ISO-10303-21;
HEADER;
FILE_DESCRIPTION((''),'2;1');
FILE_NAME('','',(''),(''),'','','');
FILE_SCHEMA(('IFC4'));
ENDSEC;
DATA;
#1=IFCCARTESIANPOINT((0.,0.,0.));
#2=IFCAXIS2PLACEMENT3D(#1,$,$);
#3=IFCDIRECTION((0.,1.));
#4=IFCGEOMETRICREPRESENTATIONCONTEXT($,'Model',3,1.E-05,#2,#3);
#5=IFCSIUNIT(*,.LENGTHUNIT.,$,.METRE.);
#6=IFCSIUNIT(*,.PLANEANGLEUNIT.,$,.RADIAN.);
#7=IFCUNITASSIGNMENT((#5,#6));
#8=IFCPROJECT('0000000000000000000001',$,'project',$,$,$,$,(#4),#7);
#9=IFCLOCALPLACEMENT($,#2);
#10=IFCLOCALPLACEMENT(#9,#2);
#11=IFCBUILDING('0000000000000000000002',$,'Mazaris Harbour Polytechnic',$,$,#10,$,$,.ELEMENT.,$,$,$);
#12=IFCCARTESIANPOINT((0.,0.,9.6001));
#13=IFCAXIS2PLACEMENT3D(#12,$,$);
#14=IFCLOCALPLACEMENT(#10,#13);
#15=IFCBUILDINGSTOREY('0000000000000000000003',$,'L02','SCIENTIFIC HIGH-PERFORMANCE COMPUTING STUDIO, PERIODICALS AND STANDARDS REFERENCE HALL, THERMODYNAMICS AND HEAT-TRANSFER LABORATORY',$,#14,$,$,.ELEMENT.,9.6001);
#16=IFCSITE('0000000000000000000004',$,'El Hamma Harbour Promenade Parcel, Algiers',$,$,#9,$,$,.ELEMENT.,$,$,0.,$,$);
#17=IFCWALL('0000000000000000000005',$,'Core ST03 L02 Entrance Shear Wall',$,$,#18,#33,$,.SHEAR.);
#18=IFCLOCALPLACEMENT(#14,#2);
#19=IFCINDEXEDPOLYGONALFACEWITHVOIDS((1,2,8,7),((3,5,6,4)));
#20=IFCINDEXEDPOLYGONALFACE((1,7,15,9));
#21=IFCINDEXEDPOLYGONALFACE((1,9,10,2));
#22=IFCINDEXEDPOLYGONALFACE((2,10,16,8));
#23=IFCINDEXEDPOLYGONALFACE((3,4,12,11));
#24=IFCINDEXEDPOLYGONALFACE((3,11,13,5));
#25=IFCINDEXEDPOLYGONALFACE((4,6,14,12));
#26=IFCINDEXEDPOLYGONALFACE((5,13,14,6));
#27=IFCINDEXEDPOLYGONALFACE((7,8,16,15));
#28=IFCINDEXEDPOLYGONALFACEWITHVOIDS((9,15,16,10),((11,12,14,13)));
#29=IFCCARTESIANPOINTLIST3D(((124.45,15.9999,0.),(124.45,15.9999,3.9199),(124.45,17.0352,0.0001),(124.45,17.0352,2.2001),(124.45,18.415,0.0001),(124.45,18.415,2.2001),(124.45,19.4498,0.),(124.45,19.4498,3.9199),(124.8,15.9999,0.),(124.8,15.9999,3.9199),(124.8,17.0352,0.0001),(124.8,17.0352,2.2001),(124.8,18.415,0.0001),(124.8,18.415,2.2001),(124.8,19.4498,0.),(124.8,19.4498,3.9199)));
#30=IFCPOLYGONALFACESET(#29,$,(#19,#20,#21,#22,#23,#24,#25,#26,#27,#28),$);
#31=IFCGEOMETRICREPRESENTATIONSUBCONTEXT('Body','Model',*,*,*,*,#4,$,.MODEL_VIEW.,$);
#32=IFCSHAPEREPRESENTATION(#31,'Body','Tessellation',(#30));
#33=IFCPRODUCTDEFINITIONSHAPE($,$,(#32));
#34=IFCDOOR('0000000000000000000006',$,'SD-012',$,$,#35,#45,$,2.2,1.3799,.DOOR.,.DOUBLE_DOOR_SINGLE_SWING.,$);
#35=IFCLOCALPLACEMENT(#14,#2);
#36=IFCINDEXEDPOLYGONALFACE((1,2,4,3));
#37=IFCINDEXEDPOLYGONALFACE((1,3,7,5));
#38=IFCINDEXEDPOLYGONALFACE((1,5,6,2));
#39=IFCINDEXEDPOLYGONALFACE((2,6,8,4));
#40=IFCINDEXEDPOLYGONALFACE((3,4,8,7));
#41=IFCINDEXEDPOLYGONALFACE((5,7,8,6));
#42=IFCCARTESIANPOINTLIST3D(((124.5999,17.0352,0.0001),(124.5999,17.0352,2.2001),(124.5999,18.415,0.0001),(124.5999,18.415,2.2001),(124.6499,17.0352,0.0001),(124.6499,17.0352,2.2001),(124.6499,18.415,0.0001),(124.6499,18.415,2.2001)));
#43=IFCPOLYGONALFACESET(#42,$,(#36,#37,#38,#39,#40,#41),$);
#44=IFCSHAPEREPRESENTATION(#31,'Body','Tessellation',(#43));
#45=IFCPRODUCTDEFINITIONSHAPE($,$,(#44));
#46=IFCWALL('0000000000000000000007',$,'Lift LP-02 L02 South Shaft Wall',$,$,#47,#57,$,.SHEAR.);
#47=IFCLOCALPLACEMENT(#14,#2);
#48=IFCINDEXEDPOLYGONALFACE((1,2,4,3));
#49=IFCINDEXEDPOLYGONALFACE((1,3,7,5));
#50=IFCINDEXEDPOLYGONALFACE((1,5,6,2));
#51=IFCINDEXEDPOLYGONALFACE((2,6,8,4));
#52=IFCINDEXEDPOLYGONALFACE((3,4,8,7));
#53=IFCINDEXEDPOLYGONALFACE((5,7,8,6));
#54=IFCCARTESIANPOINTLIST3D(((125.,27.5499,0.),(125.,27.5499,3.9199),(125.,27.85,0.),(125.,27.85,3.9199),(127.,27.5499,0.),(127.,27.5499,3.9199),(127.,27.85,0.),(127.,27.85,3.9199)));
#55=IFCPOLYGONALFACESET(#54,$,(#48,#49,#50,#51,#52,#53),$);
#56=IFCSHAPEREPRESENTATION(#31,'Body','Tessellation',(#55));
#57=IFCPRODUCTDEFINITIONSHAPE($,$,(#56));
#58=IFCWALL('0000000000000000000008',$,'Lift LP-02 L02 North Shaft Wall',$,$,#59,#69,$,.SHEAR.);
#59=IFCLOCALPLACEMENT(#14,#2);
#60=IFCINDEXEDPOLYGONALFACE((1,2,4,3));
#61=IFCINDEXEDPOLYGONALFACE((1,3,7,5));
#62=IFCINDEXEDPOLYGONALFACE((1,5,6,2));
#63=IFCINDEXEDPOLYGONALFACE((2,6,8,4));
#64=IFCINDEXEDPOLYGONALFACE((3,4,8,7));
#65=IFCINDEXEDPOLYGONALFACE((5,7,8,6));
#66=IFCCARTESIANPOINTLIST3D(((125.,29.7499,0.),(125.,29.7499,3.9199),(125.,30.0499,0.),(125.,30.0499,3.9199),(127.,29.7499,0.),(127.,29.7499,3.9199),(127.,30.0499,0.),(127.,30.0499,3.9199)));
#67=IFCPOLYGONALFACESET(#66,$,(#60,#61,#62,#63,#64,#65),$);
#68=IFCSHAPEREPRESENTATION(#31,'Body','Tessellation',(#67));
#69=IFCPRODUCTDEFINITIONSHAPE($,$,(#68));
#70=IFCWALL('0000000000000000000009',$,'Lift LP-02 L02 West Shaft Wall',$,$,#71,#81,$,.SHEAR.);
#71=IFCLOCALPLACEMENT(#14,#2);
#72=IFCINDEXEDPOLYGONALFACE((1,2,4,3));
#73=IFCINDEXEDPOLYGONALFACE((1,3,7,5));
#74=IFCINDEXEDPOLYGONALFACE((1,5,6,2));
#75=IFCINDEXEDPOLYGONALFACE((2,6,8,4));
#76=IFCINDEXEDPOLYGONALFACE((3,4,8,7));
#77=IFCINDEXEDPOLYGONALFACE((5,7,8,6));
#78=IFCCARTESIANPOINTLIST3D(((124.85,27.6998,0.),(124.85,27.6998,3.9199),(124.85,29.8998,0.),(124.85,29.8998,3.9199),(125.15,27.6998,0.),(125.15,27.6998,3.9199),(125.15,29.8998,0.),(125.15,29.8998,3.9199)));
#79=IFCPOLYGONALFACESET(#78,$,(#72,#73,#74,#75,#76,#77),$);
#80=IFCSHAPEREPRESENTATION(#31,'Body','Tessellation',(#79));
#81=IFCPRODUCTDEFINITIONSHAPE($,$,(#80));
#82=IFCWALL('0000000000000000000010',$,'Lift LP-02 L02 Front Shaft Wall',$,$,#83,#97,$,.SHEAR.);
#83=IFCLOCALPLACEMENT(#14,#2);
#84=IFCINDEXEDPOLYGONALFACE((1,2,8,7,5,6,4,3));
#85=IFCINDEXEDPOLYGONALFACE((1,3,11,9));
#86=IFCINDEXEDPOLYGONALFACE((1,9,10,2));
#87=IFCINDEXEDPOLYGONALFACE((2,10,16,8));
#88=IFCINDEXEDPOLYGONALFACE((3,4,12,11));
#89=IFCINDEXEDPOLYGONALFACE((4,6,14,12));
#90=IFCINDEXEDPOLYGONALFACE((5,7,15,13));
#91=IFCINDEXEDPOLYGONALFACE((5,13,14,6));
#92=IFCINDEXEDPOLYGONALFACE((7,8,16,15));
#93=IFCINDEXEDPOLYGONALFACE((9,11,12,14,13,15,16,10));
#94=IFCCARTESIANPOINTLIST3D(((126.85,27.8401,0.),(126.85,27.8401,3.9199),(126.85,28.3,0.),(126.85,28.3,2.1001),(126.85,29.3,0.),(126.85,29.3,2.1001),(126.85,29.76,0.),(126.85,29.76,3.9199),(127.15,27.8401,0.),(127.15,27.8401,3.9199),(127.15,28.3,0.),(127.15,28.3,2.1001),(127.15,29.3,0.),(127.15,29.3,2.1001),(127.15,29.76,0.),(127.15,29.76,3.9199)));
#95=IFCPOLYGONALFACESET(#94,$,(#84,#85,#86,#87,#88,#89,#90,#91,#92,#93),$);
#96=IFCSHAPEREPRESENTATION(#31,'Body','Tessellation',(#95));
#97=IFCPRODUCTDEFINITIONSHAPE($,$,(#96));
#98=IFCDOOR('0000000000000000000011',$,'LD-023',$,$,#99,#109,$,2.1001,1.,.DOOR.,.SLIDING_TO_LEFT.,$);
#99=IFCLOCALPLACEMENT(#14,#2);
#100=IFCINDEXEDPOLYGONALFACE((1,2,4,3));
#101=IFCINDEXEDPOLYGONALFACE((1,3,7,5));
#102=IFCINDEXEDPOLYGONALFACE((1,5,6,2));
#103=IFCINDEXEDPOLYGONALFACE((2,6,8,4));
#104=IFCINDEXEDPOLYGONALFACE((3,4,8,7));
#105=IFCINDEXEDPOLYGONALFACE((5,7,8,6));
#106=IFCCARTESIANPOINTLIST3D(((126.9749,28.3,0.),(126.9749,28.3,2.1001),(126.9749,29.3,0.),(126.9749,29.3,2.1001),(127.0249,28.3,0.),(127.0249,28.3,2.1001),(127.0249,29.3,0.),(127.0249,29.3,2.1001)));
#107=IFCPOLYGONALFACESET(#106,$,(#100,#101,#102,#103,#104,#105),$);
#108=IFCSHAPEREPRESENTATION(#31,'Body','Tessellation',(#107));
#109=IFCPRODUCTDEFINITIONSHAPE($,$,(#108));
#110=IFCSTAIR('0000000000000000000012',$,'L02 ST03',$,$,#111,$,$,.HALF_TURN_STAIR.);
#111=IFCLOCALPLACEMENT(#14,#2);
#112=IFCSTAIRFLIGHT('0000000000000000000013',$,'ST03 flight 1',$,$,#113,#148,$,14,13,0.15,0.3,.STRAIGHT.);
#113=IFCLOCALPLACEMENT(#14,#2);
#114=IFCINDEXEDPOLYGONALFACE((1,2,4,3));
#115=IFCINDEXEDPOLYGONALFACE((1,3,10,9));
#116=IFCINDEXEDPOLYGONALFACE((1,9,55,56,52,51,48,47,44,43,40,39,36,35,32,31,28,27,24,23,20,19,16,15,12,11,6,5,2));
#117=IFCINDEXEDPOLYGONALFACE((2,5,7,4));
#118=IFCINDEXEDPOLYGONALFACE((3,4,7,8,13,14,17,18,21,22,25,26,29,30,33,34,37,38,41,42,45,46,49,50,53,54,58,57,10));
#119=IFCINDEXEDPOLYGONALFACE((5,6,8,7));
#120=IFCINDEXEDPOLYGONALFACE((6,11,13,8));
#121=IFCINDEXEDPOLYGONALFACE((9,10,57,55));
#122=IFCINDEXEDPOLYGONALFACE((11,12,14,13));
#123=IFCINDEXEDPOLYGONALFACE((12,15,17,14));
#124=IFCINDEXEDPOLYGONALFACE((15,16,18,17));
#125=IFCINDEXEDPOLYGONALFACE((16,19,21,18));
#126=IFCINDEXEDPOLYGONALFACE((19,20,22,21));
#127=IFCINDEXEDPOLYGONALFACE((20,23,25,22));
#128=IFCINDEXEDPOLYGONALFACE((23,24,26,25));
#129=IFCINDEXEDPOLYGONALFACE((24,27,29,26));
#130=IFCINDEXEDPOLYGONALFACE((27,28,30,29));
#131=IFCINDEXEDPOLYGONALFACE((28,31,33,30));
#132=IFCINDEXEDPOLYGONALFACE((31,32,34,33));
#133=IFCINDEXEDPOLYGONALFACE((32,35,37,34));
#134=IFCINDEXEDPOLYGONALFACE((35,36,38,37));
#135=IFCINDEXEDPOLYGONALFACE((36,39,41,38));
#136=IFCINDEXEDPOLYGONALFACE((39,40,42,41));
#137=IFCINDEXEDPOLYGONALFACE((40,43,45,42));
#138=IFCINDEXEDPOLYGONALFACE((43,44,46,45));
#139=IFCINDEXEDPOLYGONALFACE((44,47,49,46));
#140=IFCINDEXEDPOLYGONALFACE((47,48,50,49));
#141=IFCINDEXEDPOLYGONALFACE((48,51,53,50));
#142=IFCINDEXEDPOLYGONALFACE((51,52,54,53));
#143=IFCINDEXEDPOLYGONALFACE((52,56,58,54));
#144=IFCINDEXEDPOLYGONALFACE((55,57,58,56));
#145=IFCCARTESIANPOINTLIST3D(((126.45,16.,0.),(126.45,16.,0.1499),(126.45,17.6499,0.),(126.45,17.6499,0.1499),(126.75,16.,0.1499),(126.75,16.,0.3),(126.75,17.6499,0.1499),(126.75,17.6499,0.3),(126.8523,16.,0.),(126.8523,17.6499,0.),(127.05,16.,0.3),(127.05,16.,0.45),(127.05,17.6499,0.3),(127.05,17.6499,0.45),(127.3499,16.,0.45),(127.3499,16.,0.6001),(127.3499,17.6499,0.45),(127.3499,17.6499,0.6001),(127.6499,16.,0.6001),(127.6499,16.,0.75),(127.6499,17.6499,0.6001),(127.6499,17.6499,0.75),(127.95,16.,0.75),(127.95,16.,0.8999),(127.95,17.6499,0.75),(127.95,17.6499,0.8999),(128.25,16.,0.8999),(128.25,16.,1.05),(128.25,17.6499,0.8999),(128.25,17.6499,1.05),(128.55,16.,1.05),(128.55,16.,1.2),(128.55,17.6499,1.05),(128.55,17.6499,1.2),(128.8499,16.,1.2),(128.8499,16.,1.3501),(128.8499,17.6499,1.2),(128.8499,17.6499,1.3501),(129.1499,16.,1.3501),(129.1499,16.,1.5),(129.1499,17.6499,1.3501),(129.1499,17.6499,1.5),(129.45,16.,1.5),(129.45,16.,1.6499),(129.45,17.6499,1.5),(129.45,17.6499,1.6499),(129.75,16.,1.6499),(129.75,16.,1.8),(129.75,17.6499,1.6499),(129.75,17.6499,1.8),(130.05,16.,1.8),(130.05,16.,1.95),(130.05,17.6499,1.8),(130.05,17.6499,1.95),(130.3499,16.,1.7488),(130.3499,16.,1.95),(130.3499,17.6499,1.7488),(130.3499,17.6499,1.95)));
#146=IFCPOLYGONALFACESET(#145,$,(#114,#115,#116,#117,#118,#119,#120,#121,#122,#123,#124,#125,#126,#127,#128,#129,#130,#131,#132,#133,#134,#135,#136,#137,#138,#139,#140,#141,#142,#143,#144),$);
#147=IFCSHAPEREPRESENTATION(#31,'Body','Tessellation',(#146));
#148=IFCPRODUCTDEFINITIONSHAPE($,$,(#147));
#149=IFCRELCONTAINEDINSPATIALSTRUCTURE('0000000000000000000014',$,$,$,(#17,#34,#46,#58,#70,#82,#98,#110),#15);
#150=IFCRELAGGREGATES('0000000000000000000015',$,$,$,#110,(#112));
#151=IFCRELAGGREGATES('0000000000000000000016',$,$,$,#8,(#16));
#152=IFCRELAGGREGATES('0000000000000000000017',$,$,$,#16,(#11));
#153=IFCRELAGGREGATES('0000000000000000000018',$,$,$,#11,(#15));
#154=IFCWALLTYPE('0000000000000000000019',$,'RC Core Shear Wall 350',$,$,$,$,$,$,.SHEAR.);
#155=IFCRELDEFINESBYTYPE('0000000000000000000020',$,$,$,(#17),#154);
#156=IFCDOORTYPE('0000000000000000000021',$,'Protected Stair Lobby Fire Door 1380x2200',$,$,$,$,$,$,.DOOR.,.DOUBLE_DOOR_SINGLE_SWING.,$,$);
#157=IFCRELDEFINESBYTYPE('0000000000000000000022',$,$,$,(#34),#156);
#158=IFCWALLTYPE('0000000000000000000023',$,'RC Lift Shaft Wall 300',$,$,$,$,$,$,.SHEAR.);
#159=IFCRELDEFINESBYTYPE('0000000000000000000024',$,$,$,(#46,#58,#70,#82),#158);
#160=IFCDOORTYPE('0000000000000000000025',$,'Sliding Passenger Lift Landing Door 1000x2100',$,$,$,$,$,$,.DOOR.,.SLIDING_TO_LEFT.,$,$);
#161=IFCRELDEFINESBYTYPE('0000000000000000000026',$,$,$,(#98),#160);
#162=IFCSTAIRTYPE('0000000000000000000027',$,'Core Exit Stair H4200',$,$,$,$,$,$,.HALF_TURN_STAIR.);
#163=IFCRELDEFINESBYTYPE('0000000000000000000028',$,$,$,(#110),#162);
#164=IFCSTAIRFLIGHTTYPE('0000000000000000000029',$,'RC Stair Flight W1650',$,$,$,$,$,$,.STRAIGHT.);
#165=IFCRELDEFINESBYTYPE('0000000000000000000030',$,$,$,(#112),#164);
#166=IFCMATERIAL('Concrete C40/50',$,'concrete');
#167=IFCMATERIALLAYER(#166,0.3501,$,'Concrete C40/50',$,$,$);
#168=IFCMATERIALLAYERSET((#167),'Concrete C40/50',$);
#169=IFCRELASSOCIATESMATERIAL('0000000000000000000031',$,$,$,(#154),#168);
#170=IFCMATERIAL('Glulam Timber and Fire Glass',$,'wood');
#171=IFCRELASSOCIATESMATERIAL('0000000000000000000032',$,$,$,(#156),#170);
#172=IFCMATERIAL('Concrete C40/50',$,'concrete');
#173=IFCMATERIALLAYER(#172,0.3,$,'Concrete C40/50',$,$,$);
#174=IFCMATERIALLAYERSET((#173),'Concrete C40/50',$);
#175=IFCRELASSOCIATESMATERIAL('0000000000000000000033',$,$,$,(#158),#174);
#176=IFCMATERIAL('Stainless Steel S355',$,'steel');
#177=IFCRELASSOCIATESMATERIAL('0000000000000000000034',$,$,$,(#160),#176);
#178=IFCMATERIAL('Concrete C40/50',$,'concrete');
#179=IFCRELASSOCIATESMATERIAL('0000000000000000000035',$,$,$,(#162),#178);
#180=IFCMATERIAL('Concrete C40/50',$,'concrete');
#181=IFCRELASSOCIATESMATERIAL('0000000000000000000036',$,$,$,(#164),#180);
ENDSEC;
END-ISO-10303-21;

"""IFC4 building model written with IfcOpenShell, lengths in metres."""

from ifc_helpers import new_model, si_unit, direction, frame, frame_2d, origin, place, context, subcontext, project, spatial, polyline, rectangle, outline, extrude, material, layer, layer_set, type_object, element, fill, aggregate, save


model = new_model("IFC4")

# Units and contexts
model_context = context("Model", 3, precision=1e-05, world=origin(), true_north=direction((0.0, 1.0)))
body_context = subcontext(model_context, "Body", "Model", "MODEL_VIEW")
ifc_project = project(units=[si_unit("LENGTHUNIT", "METRE"), si_unit("PLANEANGLEUNIT", "RADIAN")], contexts=[model_context])

# Site, building, storey
site_placement = place(None, origin())
site = spatial("IfcSite", under=ifc_project, at=site_placement, Name="El Hamma Harbour Promenade Parcel, Algiers", CompositionType="ELEMENT", RefElevation=0.0)
building_placement = place(site_placement, origin())
building = spatial("IfcBuilding", under=site, at=building_placement, Name="Mazaris Harbour Polytechnic", CompositionType="ELEMENT")
storey_placement = place(building_placement, frame((0.0, 0.0, 9.6001)))
storey = spatial("IfcBuildingStorey", under=building, at=storey_placement, Name="L02", Description="SCIENTIFIC HIGH-PERFORMANCE COMPUTING STUDIO, PERIODICALS AND STANDARDS REFERENCE HALL, THERMODYNAMICS AND HEAT-TRANSFER LABORATORY", CompositionType="ELEMENT", Elevation=9.6001)

# Wall, opening, door
ifc_material_1 = material(Name="Concrete C40/50", Category="concrete")
ifc_layer_1 = layer(ifc_material_1, 0.3501, Name="Concrete C40/50")
ifc_layer_set_1 = layer_set([ifc_layer_1], Name="Concrete C40/50")
wall_type_1 = type_object("IfcWallType", Name="RC Core Shear Wall 350", PredefinedType="SHEAR", material=ifc_layer_set_1)
wall_1_placement = place(storey_placement, frame((124.625, 19.45, 0.0), z_axis=(0.0, 0.0, 1.0), x_axis=(0.0, -1.0, 0.0)))
wall_1 = element("IfcWall", 1, at=wall_1_placement, inside=storey, type_object=wall_type_1, Name="Core ST03 L02 Entrance Shear Wall", PredefinedType="SHEAR", context=body_context, shape_type="SweptSolid", body=[
    extrude(rectangle(XDim=3.45, YDim=0.3501, at=frame_2d((1.7251, 0.0))), origin(), (0.0, 0.0, 1.0), 3.9199),
])
opening_1_placement = place(wall_1_placement, frame((1.0349, 0.0, 0.0)))
opening_1 = element("IfcOpeningElement", 2, at=opening_1_placement, cuts=wall_1, PredefinedType="OPENING", context=body_context, shape_type="SweptSolid", body=[
    extrude(rectangle(XDim=1.3799, YDim=2.2, at=frame_2d((0.6899, 1.1001))), frame((0.0, 0.1851, 0.0), z_axis=(0.0, -1.0, 0.0), x_axis=(1.0, 0.0, 0.0)), (0.0, 0.0, 1.0), 0.3701),
])
ifc_material_2 = material(Name="Glulam Timber and Fire Glass", Category="wood")
door_type_1 = type_object("IfcDoorType", Name="Protected Stair Lobby Fire Door 1380x2200", OperationType="DOUBLE_DOOR_SINGLE_SWING", PredefinedType="DOOR", material=ifc_material_2)
door_1_placement = place(opening_1_placement, origin())
door_1 = element("IfcDoor", 3, at=door_1_placement, inside=storey, type_object=door_type_1, Name="SD-012", OperationType="DOUBLE_DOOR_SINGLE_SWING", OverallHeight=2.2, OverallWidth=1.3799, PredefinedType="DOOR", context=body_context, shape_type="SweptSolid", body=[
    extrude(rectangle(XDim=1.3799, YDim=2.2, at=frame_2d((0.6899, 1.1001))), frame((0.0, 0.0249, 0.0), z_axis=(0.0, -1.0, 0.0), x_axis=(1.0, 0.0, 0.0)), (0.0, 0.0, 1.0), 0.05),
])
fill(opening_1, door_1)

# Walls
ifc_material_3 = material(Name="Concrete C40/50", Category="concrete")
ifc_layer_2 = layer(ifc_material_3, 0.3, Name="Concrete C40/50")
ifc_layer_set_2 = layer_set([ifc_layer_2], Name="Concrete C40/50")
wall_type_2 = type_object("IfcWallType", Name="RC Lift Shaft Wall 300", PredefinedType="SHEAR", material=ifc_layer_set_2)
for number, where, z_axis, x_axis, name in (
    (4, (125.0, 27.7, 0.0), (0.0, 0.0, 1.0), (1.0, 0.0, 0.0), "Lift LP-02 L02 South Shaft Wall"),
    (5, (127.0, 29.8999, 0.0), (0.0, 0.0, 1.0), (-1.0, 0.0, 0.0), "Lift LP-02 L02 North Shaft Wall"),
):
    element("IfcWall", number, at=place(storey_placement, frame(where, z_axis=z_axis, x_axis=x_axis)), inside=storey, type_object=wall_type_2, Name=name, PredefinedType="SHEAR", context=body_context, shape_type="SweptSolid", body=[
        extrude(rectangle(XDim=2.0, YDim=0.3, at=frame_2d((1.0, 0.0))), origin(), (0.0, 0.0, 1.0), 3.9199),
    ])
wall_2_placement = place(storey_placement, frame((125.0, 29.8999, 0.0), z_axis=(0.0, 0.0, 1.0), x_axis=(0.0, -1.0, 0.0)))
element("IfcWall", 6, at=wall_2_placement, inside=storey, type_object=wall_type_2, Name="Lift LP-02 L02 West Shaft Wall", PredefinedType="SHEAR", context=body_context, shape_type="SweptSolid", body=[
    extrude(rectangle(XDim=2.2, YDim=0.3, at=frame_2d((1.1001, 0.0))), origin(), (0.0, 0.0, 1.0), 3.9199),
])

# Wall, opening, door
wall_3_placement = place(storey_placement, frame((127.0, 29.76, 0.0), z_axis=(0.0, 0.0, 1.0), x_axis=(0.0, -1.0, 0.0)))
wall_3 = element("IfcWall", 7, at=wall_3_placement, inside=storey, type_object=wall_type_2, Name="Lift LP-02 L02 Front Shaft Wall", PredefinedType="SHEAR", context=body_context, shape_type="SweptSolid", body=[
    extrude(rectangle(XDim=1.9199, YDim=0.3, at=frame_2d((0.96, 0.0))), origin(), (0.0, 0.0, 1.0), 3.9199),
])
opening_2_placement = place(wall_3_placement, frame((0.46, 0.0, 0.0)))
opening_2 = element("IfcOpeningElement", 8, at=opening_2_placement, cuts=wall_3, PredefinedType="OPENING", context=body_context, shape_type="SweptSolid", body=[
    extrude(rectangle(XDim=1.0, YDim=2.1001, at=frame_2d((0.5, 1.05))), frame((0.0, 0.1599, 0.0), z_axis=(0.0, -1.0, 0.0), x_axis=(1.0, 0.0, 0.0)), (0.0, 0.0, 1.0), 0.3201),
])
ifc_material_4 = material(Name="Stainless Steel S355", Category="steel")
door_type_2 = type_object("IfcDoorType", Name="Sliding Passenger Lift Landing Door 1000x2100", OperationType="SLIDING_TO_LEFT", PredefinedType="DOOR", material=ifc_material_4)
door_2_placement = place(opening_2_placement, origin())
door_2 = element("IfcDoor", 9, at=door_2_placement, inside=storey, type_object=door_type_2, Name="LD-023", OperationType="SLIDING_TO_LEFT", OverallHeight=2.1001, OverallWidth=1.0, PredefinedType="DOOR", context=body_context, shape_type="SweptSolid", body=[
    extrude(rectangle(XDim=1.0, YDim=2.1001, at=frame_2d((0.5, 1.05))), frame((0.0, 0.0249, 0.0), z_axis=(0.0, -1.0, 0.0), x_axis=(1.0, 0.0, 0.0)), (0.0, 0.0, 1.0), 0.05),
])
fill(opening_2, door_2)

# Stair, stair flight
ifc_material_5 = material(Name="Concrete C40/50", Category="concrete")
stair_type = type_object("IfcStairType", Name="Core Exit Stair H4200", PredefinedType="HALF_TURN_STAIR", material=ifc_material_5)
stair_placement = place(storey_placement, origin())
stair = element("IfcStair", 10, at=stair_placement, inside=storey, type_object=stair_type, Name="L02 ST03", PredefinedType="HALF_TURN_STAIR")
ifc_material_6 = material(Name="Concrete C40/50", Category="concrete")
stair_flight_type = type_object("IfcStairFlightType", Name="RC Stair Flight W1650", PredefinedType="STRAIGHT", material=ifc_material_6)
stair_flight_placement = place(storey_placement, frame((126.45, 16.825, 0.0), z_axis=(0.0, 0.0, 1.0), x_axis=(1.0, 0.0, 0.0)))
stair_flight = element("IfcStairFlight", 11, at=stair_flight_placement, type_object=stair_flight_type, Name="ST03 flight 1", NumberOfRisers=14, NumberOfTreads=13, PredefinedType="STRAIGHT", RiserHeight=0.15, TreadLength=0.3, context=body_context, shape_type="SweptSolid", body=[
    extrude(outline(polyline([(0.0, 0.0), (0.0, 0.1499), (0.3, 0.1499), (0.3, 0.3), (0.6001, 0.3), (0.6001, 0.45), (0.8999, 0.45), (0.8999, 0.6001), (1.2, 0.6001), (1.2, 0.75), (1.5, 0.75), (1.5, 0.8999), (1.8, 0.8999), (1.8, 1.05), (2.1001, 1.05), (2.1001, 1.2), (2.3999, 1.2), (2.3999, 1.3501), (2.7, 1.3501), (2.7, 1.5), (3.0, 1.5), (3.0, 1.6499), (3.3, 1.6499), (3.3, 1.8), (3.6001, 1.8), (3.6001, 1.95), (3.8999, 1.95), (3.8999, 2.1001), (3.8999, 1.7488), (0.4023, 0.0), (0.0, 0.0)])), frame((0.0, 0.825, 0.0), z_axis=(0.0, -1.0, 0.0), x_axis=(1.0, 0.0, 0.0)), (0.0, 0.0, 1.0), 1.6499),
])
aggregate(stair, [stair_flight])

save(model, "model.ifc")
